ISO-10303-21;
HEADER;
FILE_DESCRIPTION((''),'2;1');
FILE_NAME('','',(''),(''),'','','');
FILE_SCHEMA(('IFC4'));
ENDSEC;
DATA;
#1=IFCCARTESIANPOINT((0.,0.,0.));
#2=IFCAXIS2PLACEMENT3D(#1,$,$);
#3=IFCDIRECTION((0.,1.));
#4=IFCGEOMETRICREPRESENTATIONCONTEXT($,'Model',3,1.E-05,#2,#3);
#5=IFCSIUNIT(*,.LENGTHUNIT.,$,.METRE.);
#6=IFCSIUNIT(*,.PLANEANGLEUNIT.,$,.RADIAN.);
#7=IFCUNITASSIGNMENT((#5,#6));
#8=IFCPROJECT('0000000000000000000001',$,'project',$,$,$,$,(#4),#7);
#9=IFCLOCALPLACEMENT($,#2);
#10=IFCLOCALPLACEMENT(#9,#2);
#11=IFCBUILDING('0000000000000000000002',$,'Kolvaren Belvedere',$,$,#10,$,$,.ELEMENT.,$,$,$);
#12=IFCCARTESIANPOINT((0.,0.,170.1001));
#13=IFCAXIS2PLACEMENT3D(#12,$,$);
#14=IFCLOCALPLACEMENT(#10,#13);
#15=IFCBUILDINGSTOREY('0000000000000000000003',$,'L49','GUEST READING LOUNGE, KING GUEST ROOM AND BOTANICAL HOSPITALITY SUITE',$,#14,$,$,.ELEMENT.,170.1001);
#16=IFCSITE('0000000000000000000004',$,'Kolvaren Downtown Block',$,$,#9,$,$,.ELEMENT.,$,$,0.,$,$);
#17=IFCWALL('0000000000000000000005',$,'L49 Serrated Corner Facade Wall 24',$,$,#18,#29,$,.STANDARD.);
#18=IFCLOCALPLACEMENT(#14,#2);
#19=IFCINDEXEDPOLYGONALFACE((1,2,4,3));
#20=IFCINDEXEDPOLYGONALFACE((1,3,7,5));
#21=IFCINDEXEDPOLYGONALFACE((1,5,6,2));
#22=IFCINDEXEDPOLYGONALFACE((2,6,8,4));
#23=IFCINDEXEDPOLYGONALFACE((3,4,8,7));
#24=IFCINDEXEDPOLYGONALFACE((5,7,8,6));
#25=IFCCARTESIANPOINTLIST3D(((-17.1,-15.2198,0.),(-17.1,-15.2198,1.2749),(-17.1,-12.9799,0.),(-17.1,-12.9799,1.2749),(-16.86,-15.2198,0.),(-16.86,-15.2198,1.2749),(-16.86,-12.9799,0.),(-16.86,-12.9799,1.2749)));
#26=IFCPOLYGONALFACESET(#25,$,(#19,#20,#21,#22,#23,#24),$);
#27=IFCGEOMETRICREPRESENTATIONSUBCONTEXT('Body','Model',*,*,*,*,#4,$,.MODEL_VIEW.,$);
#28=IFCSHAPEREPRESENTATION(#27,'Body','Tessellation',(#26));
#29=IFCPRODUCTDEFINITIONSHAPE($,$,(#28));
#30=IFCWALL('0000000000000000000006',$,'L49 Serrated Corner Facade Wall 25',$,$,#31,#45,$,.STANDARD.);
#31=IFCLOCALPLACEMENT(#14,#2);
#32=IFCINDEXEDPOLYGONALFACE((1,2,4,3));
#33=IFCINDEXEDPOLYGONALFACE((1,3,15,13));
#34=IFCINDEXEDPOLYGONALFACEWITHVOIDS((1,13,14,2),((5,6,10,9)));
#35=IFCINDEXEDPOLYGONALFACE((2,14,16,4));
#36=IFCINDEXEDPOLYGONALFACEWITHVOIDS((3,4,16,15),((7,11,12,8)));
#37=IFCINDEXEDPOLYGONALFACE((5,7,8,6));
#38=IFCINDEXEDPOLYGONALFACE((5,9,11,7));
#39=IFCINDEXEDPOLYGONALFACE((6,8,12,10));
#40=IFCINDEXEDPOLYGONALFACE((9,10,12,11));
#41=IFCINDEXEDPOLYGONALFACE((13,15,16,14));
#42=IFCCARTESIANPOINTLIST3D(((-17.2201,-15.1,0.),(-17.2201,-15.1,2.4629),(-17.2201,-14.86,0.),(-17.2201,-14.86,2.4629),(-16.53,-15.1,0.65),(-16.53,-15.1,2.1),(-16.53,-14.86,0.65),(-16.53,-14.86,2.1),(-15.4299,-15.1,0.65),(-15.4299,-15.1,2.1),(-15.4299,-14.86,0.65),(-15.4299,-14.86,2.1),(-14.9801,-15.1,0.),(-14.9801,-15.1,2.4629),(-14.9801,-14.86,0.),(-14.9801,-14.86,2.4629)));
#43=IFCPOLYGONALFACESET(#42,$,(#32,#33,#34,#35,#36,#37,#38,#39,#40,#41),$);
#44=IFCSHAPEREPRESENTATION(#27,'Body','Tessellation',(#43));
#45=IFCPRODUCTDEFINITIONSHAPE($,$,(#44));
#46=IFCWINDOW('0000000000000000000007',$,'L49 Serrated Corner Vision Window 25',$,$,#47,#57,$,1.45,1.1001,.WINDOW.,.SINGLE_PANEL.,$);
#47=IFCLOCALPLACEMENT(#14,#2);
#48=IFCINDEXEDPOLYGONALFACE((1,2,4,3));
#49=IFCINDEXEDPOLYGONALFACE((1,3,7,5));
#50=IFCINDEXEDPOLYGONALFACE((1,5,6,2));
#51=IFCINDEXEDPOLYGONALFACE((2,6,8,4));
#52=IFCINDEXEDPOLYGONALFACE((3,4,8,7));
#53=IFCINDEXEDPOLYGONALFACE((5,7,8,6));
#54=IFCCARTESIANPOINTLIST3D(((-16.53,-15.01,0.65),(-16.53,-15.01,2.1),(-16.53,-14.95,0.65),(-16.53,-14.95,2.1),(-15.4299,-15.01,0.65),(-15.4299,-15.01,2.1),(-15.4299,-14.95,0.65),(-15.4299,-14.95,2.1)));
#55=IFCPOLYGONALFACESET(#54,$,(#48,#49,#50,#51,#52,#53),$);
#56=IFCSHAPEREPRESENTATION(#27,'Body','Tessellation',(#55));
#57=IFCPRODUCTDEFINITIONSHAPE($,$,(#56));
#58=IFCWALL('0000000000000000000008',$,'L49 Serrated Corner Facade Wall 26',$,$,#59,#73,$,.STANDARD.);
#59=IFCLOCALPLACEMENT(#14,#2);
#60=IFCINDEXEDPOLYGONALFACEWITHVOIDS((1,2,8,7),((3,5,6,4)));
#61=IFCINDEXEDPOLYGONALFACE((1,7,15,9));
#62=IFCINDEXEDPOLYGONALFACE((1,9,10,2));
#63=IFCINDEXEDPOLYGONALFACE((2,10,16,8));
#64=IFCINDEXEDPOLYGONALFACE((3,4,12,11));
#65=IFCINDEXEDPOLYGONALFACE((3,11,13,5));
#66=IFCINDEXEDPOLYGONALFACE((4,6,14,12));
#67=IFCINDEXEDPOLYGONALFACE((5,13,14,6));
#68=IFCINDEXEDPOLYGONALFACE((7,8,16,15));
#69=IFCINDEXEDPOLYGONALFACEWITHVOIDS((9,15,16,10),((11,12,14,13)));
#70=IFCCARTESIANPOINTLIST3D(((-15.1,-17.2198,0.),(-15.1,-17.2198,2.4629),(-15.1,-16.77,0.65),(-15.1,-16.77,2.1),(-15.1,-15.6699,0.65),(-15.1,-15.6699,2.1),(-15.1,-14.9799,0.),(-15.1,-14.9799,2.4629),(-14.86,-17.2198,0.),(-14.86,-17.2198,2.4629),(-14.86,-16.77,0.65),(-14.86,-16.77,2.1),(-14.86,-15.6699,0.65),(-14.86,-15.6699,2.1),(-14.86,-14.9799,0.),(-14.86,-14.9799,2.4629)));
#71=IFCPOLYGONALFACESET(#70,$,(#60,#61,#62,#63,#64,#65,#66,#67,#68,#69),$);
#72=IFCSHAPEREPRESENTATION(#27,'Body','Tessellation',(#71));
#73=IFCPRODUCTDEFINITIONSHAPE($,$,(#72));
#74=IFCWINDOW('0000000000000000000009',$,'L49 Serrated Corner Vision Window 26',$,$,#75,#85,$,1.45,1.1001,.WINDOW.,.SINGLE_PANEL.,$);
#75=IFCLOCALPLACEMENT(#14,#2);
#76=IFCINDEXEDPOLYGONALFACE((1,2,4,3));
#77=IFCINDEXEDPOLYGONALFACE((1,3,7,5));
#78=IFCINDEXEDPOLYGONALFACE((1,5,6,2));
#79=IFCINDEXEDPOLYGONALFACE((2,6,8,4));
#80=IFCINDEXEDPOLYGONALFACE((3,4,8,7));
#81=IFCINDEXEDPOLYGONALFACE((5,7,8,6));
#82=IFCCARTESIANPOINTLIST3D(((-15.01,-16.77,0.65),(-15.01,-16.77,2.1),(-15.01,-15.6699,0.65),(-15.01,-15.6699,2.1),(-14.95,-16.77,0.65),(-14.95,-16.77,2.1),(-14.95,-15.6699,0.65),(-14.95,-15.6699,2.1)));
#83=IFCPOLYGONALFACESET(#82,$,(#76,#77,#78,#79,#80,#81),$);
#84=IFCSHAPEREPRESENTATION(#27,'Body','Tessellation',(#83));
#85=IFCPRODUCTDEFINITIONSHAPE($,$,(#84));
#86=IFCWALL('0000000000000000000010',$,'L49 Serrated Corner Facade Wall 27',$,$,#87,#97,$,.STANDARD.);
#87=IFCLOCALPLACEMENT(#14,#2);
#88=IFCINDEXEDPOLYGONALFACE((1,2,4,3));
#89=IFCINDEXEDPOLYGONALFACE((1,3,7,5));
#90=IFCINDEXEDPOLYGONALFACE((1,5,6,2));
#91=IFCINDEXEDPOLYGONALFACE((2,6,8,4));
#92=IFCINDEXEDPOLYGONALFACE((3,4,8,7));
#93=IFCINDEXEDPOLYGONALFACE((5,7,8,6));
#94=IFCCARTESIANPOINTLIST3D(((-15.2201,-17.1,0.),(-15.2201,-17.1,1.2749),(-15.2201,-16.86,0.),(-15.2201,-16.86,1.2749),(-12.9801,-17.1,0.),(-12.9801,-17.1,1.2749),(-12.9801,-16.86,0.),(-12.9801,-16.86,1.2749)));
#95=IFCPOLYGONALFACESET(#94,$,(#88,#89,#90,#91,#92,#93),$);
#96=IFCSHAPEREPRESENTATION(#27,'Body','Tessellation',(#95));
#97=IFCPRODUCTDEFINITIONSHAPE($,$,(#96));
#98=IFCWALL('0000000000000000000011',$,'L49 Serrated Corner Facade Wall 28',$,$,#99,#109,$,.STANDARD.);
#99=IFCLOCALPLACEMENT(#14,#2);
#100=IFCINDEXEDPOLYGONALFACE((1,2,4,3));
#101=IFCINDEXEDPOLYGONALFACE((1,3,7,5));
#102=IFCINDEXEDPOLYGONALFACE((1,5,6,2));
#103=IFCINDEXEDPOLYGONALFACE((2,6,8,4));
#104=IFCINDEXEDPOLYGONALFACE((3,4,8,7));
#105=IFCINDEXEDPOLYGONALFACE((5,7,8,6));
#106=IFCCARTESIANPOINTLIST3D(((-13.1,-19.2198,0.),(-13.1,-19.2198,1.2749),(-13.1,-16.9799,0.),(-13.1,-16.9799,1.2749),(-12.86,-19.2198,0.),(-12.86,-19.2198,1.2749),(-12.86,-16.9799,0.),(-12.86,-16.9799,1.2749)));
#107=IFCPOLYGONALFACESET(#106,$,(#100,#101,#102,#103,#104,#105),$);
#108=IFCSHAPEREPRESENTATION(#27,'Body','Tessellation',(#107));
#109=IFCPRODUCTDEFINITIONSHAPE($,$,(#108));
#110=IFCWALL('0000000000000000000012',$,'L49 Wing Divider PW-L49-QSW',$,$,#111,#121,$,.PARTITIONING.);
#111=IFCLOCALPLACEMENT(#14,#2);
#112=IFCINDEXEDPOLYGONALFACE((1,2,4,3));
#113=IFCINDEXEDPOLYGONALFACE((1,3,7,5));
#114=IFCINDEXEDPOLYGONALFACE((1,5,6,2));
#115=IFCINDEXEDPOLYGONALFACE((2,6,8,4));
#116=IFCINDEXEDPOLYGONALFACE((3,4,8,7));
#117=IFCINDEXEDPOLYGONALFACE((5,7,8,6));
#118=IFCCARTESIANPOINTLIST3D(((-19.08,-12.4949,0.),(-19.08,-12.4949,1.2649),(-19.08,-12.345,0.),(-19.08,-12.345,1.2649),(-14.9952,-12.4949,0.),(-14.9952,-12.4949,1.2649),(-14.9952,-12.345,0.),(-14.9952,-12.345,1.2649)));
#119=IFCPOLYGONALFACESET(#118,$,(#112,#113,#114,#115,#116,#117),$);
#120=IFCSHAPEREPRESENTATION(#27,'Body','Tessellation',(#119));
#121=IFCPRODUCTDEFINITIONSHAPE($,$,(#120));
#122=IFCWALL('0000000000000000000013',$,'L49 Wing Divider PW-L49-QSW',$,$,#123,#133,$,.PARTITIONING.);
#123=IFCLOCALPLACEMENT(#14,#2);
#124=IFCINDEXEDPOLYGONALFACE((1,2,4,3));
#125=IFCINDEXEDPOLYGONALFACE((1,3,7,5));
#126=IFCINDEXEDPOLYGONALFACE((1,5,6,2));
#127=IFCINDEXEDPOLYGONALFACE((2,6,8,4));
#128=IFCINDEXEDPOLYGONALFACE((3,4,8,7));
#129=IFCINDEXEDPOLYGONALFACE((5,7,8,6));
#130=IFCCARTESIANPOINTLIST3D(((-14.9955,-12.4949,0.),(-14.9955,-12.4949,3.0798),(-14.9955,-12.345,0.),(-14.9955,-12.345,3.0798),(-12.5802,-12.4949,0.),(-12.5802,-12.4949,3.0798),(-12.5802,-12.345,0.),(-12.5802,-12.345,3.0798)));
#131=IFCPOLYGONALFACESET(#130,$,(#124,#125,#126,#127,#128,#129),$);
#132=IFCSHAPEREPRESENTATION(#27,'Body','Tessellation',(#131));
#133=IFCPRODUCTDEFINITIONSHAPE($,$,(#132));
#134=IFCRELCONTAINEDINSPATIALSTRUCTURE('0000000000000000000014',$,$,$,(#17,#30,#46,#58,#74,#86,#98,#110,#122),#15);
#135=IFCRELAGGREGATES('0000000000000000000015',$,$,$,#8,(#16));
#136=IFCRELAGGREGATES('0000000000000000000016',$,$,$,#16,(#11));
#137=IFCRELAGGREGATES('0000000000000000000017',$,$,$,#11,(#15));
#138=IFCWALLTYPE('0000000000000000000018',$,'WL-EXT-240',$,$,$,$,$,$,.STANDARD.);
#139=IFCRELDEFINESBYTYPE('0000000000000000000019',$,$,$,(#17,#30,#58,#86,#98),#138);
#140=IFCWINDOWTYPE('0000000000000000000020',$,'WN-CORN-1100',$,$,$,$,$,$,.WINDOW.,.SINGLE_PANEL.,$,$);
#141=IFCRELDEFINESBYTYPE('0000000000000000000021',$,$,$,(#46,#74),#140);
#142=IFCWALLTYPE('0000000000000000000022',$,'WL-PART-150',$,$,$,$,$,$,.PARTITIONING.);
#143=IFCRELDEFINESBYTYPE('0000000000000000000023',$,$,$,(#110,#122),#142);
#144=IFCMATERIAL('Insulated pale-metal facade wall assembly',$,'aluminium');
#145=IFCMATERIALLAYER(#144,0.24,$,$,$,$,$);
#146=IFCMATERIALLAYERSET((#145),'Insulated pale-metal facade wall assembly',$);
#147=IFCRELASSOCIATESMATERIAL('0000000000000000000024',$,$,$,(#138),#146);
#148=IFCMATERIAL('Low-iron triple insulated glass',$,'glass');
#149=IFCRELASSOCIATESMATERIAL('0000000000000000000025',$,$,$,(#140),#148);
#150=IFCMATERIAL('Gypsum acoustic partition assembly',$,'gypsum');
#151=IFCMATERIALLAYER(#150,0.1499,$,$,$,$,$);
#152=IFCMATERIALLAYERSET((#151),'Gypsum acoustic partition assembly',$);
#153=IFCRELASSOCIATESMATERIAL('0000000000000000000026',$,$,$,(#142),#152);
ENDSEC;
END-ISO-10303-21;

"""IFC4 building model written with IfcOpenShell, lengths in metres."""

from ifc_helpers import new_model, si_unit, direction, frame, frame_2d, origin, place, context, subcontext, project, spatial, rectangle, extrude, material, layer, layer_set, type_object, element, fill, save


model = new_model("IFC4")

# Units and contexts
model_context = context("Model", 3, precision=1e-05, world=origin(), true_north=direction((0.0, 1.0)))
body_context = subcontext(model_context, "Body", "Model", "MODEL_VIEW")
ifc_project = project(units=[si_unit("LENGTHUNIT", "METRE"), si_unit("PLANEANGLEUNIT", "RADIAN")], contexts=[model_context])

# Site, building, storey
site_placement = place(None, origin())
site = spatial("IfcSite", under=ifc_project, at=site_placement, Name="Kolvaren Downtown Block", CompositionType="ELEMENT", RefElevation=0.0)
building_placement = place(site_placement, origin())
building = spatial("IfcBuilding", under=site, at=building_placement, Name="Kolvaren Belvedere", CompositionType="ELEMENT")
storey_placement = place(building_placement, frame((0.0, 0.0, 170.1001)))
storey = spatial("IfcBuildingStorey", under=building, at=storey_placement, Name="L49", Description="GUEST READING LOUNGE, KING GUEST ROOM AND BOTANICAL HOSPITALITY SUITE", CompositionType="ELEMENT", Elevation=170.1001)

# Wall
ifc_material_1 = material(Name="Insulated pale-metal facade wall assembly", Category="aluminium")
ifc_layer_1 = layer(ifc_material_1, 0.24)
ifc_layer_set_1 = layer_set([ifc_layer_1], Name="Insulated pale-metal facade wall assembly")
wall_type_1 = type_object("IfcWallType", Name="WL-EXT-240", PredefinedType="STANDARD", material=ifc_layer_set_1)
for number, where, z_axis, x_axis, name in (
    (1, (-16.98, -15.22, 0.0), (0.0, 0.0, 1.0), (0.0, 1.0, 0.0), "L49 Serrated Corner Facade Wall 24"),
):
    element("IfcWall", number, at=place(storey_placement, frame(where, z_axis=z_axis, x_axis=x_axis)), inside=storey, type_object=wall_type_1, Name=name, PredefinedType="STANDARD", context=body_context, shape_type="SweptSolid", body=[
        extrude(rectangle(XDim=2.24, YDim=0.24, at=frame_2d((1.1201, 0.0))), origin(), (0.0, 0.0, 1.0), 1.2749),
    ])

# Walls, openings, windows
wall_1_placement = place(storey_placement, frame((-14.98, -14.98, 0.0), z_axis=(0.0, 0.0, 1.0), x_axis=(-1.0, 0.0, 0.0)))
wall_1 = element("IfcWall", 2, at=wall_1_placement, inside=storey, type_object=wall_type_1, Name="L49 Serrated Corner Facade Wall 25", PredefinedType="STANDARD", context=body_context, shape_type="SweptSolid", body=[
    extrude(rectangle(XDim=2.24, YDim=0.24, at=frame_2d((1.1201, 0.0))), origin(), (0.0, 0.0, 1.0), 2.4629),
])
opening_1_placement = place(wall_1_placement, frame((0.45, 0.0, 0.6499)))
opening_1 = element("IfcOpeningElement", 3, at=opening_1_placement, cuts=wall_1, PredefinedType="OPENING", context=body_context, shape_type="SweptSolid", body=[
    extrude(rectangle(XDim=1.1001, YDim=1.45, at=frame_2d((0.55, 0.7251))), frame((0.0, 0.1299, 0.0), z_axis=(0.0, -1.0, 0.0), x_axis=(1.0, 0.0, 0.0)), (0.0, 0.0, 1.0), 0.26),
])
ifc_material_2 = material(Name="Low-iron triple insulated glass", Category="glass")
window_type = type_object("IfcWindowType", Name="WN-CORN-1100", PartitioningType="SINGLE_PANEL", PredefinedType="WINDOW", material=ifc_material_2)
window_1_placement = place(opening_1_placement, origin())
window_1 = element("IfcWindow", 4, at=window_1_placement, inside=storey, type_object=window_type, Name="L49 Serrated Corner Vision Window 25", OverallHeight=1.45, OverallWidth=1.1001, PartitioningType="SINGLE_PANEL", PredefinedType="WINDOW", context=body_context, shape_type="SweptSolid", body=[
    extrude(rectangle(XDim=1.1001, YDim=1.45, at=frame_2d((0.55, 0.7251))), frame((0.0, 0.03, 0.0), z_axis=(0.0, -1.0, 0.0), x_axis=(1.0, 0.0, 0.0)), (0.0, 0.0, 1.0), 0.0601),
])
fill(opening_1, window_1)
wall_2_placement = place(storey_placement, frame((-14.98, -17.22, 0.0), z_axis=(0.0, 0.0, 1.0), x_axis=(0.0, 1.0, 0.0)))
wall_2 = element("IfcWall", 5, at=wall_2_placement, inside=storey, type_object=wall_type_1, Name="L49 Serrated Corner Facade Wall 26", PredefinedType="STANDARD", context=body_context, shape_type="SweptSolid", body=[
    extrude(rectangle(XDim=2.24, YDim=0.24, at=frame_2d((1.1201, 0.0))), origin(), (0.0, 0.0, 1.0), 2.4629),
])
opening_2_placement = place(wall_2_placement, frame((0.45, 0.0, 0.6499)))
opening_2 = element("IfcOpeningElement", 6, at=opening_2_placement, cuts=wall_2, PredefinedType="OPENING", context=body_context, shape_type="SweptSolid", body=[
    extrude(rectangle(XDim=1.1001, YDim=1.45, at=frame_2d((0.55, 0.7251))), frame((0.0, 0.1299, 0.0), z_axis=(0.0, -1.0, 0.0), x_axis=(1.0, 0.0, 0.0)), (0.0, 0.0, 1.0), 0.26),
])
window_2_placement = place(opening_2_placement, origin())
window_2 = element("IfcWindow", 7, at=window_2_placement, inside=storey, type_object=window_type, Name="L49 Serrated Corner Vision Window 26", OverallHeight=1.45, OverallWidth=1.1001, PartitioningType="SINGLE_PANEL", PredefinedType="WINDOW", context=body_context, shape_type="SweptSolid", body=[
    extrude(rectangle(XDim=1.1001, YDim=1.45, at=frame_2d((0.55, 0.7251))), frame((0.0, 0.03, 0.0), z_axis=(0.0, -1.0, 0.0), x_axis=(1.0, 0.0, 0.0)), (0.0, 0.0, 1.0), 0.0601),
])
fill(opening_2, window_2)

# Walls
for number, where, z_axis, x_axis, name in (
    (8, (-12.98, -16.98, 0.0), (0.0, 0.0, 1.0), (-1.0, 0.0, 0.0), "L49 Serrated Corner Facade Wall 27"),
    (9, (-12.98, -19.22, 0.0), (0.0, 0.0, 1.0), (0.0, 1.0, 0.0), "L49 Serrated Corner Facade Wall 28"),
):
    element("IfcWall", number, at=place(storey_placement, frame(where, z_axis=z_axis, x_axis=x_axis)), inside=storey, type_object=wall_type_1, Name=name, PredefinedType="STANDARD", context=body_context, shape_type="SweptSolid", body=[
        extrude(rectangle(XDim=2.24, YDim=0.24, at=frame_2d((1.1201, 0.0))), origin(), (0.0, 0.0, 1.0), 1.2749),
    ])
ifc_material_3 = material(Name="Gypsum acoustic partition assembly", Category="gypsum")
ifc_layer_2 = layer(ifc_material_3, 0.1499)
ifc_layer_set_2 = layer_set([ifc_layer_2], Name="Gypsum acoustic partition assembly")
wall_type_2 = type_object("IfcWallType", Name="WL-PART-150", PredefinedType="PARTITIONING", material=ifc_layer_set_2)
wall_3_placement = place(storey_placement, frame((-19.0801, -12.4199, 0.0), z_axis=(0.0, 0.0, 1.0), x_axis=(1.0, 0.0, 0.0)))
element("IfcWall", 10, at=wall_3_placement, inside=storey, type_object=wall_type_2, Name="L49 Wing Divider PW-L49-QSW", PredefinedType="PARTITIONING", context=body_context, shape_type="SweptSolid", body=[
    extrude(rectangle(XDim=4.0847, YDim=0.1499, at=frame_2d((2.0425, 0.0))), origin(), (0.0, 0.0, 1.0), 1.2649),
])
wall_4_placement = place(storey_placement, frame((-14.9954, -12.4199, 0.0), z_axis=(0.0, 0.0, 1.0), x_axis=(1.0, 0.0, 0.0)))
element("IfcWall", 11, at=wall_4_placement, inside=storey, type_object=wall_type_2, Name="L49 Wing Divider PW-L49-QSW", PredefinedType="PARTITIONING", context=body_context, shape_type="SweptSolid", body=[
    extrude(rectangle(XDim=2.4153, YDim=0.1499, at=frame_2d((1.2075, 0.0))), origin(), (0.0, 0.0, 1.0), 3.0798),
])

save(model, "model.ifc")
